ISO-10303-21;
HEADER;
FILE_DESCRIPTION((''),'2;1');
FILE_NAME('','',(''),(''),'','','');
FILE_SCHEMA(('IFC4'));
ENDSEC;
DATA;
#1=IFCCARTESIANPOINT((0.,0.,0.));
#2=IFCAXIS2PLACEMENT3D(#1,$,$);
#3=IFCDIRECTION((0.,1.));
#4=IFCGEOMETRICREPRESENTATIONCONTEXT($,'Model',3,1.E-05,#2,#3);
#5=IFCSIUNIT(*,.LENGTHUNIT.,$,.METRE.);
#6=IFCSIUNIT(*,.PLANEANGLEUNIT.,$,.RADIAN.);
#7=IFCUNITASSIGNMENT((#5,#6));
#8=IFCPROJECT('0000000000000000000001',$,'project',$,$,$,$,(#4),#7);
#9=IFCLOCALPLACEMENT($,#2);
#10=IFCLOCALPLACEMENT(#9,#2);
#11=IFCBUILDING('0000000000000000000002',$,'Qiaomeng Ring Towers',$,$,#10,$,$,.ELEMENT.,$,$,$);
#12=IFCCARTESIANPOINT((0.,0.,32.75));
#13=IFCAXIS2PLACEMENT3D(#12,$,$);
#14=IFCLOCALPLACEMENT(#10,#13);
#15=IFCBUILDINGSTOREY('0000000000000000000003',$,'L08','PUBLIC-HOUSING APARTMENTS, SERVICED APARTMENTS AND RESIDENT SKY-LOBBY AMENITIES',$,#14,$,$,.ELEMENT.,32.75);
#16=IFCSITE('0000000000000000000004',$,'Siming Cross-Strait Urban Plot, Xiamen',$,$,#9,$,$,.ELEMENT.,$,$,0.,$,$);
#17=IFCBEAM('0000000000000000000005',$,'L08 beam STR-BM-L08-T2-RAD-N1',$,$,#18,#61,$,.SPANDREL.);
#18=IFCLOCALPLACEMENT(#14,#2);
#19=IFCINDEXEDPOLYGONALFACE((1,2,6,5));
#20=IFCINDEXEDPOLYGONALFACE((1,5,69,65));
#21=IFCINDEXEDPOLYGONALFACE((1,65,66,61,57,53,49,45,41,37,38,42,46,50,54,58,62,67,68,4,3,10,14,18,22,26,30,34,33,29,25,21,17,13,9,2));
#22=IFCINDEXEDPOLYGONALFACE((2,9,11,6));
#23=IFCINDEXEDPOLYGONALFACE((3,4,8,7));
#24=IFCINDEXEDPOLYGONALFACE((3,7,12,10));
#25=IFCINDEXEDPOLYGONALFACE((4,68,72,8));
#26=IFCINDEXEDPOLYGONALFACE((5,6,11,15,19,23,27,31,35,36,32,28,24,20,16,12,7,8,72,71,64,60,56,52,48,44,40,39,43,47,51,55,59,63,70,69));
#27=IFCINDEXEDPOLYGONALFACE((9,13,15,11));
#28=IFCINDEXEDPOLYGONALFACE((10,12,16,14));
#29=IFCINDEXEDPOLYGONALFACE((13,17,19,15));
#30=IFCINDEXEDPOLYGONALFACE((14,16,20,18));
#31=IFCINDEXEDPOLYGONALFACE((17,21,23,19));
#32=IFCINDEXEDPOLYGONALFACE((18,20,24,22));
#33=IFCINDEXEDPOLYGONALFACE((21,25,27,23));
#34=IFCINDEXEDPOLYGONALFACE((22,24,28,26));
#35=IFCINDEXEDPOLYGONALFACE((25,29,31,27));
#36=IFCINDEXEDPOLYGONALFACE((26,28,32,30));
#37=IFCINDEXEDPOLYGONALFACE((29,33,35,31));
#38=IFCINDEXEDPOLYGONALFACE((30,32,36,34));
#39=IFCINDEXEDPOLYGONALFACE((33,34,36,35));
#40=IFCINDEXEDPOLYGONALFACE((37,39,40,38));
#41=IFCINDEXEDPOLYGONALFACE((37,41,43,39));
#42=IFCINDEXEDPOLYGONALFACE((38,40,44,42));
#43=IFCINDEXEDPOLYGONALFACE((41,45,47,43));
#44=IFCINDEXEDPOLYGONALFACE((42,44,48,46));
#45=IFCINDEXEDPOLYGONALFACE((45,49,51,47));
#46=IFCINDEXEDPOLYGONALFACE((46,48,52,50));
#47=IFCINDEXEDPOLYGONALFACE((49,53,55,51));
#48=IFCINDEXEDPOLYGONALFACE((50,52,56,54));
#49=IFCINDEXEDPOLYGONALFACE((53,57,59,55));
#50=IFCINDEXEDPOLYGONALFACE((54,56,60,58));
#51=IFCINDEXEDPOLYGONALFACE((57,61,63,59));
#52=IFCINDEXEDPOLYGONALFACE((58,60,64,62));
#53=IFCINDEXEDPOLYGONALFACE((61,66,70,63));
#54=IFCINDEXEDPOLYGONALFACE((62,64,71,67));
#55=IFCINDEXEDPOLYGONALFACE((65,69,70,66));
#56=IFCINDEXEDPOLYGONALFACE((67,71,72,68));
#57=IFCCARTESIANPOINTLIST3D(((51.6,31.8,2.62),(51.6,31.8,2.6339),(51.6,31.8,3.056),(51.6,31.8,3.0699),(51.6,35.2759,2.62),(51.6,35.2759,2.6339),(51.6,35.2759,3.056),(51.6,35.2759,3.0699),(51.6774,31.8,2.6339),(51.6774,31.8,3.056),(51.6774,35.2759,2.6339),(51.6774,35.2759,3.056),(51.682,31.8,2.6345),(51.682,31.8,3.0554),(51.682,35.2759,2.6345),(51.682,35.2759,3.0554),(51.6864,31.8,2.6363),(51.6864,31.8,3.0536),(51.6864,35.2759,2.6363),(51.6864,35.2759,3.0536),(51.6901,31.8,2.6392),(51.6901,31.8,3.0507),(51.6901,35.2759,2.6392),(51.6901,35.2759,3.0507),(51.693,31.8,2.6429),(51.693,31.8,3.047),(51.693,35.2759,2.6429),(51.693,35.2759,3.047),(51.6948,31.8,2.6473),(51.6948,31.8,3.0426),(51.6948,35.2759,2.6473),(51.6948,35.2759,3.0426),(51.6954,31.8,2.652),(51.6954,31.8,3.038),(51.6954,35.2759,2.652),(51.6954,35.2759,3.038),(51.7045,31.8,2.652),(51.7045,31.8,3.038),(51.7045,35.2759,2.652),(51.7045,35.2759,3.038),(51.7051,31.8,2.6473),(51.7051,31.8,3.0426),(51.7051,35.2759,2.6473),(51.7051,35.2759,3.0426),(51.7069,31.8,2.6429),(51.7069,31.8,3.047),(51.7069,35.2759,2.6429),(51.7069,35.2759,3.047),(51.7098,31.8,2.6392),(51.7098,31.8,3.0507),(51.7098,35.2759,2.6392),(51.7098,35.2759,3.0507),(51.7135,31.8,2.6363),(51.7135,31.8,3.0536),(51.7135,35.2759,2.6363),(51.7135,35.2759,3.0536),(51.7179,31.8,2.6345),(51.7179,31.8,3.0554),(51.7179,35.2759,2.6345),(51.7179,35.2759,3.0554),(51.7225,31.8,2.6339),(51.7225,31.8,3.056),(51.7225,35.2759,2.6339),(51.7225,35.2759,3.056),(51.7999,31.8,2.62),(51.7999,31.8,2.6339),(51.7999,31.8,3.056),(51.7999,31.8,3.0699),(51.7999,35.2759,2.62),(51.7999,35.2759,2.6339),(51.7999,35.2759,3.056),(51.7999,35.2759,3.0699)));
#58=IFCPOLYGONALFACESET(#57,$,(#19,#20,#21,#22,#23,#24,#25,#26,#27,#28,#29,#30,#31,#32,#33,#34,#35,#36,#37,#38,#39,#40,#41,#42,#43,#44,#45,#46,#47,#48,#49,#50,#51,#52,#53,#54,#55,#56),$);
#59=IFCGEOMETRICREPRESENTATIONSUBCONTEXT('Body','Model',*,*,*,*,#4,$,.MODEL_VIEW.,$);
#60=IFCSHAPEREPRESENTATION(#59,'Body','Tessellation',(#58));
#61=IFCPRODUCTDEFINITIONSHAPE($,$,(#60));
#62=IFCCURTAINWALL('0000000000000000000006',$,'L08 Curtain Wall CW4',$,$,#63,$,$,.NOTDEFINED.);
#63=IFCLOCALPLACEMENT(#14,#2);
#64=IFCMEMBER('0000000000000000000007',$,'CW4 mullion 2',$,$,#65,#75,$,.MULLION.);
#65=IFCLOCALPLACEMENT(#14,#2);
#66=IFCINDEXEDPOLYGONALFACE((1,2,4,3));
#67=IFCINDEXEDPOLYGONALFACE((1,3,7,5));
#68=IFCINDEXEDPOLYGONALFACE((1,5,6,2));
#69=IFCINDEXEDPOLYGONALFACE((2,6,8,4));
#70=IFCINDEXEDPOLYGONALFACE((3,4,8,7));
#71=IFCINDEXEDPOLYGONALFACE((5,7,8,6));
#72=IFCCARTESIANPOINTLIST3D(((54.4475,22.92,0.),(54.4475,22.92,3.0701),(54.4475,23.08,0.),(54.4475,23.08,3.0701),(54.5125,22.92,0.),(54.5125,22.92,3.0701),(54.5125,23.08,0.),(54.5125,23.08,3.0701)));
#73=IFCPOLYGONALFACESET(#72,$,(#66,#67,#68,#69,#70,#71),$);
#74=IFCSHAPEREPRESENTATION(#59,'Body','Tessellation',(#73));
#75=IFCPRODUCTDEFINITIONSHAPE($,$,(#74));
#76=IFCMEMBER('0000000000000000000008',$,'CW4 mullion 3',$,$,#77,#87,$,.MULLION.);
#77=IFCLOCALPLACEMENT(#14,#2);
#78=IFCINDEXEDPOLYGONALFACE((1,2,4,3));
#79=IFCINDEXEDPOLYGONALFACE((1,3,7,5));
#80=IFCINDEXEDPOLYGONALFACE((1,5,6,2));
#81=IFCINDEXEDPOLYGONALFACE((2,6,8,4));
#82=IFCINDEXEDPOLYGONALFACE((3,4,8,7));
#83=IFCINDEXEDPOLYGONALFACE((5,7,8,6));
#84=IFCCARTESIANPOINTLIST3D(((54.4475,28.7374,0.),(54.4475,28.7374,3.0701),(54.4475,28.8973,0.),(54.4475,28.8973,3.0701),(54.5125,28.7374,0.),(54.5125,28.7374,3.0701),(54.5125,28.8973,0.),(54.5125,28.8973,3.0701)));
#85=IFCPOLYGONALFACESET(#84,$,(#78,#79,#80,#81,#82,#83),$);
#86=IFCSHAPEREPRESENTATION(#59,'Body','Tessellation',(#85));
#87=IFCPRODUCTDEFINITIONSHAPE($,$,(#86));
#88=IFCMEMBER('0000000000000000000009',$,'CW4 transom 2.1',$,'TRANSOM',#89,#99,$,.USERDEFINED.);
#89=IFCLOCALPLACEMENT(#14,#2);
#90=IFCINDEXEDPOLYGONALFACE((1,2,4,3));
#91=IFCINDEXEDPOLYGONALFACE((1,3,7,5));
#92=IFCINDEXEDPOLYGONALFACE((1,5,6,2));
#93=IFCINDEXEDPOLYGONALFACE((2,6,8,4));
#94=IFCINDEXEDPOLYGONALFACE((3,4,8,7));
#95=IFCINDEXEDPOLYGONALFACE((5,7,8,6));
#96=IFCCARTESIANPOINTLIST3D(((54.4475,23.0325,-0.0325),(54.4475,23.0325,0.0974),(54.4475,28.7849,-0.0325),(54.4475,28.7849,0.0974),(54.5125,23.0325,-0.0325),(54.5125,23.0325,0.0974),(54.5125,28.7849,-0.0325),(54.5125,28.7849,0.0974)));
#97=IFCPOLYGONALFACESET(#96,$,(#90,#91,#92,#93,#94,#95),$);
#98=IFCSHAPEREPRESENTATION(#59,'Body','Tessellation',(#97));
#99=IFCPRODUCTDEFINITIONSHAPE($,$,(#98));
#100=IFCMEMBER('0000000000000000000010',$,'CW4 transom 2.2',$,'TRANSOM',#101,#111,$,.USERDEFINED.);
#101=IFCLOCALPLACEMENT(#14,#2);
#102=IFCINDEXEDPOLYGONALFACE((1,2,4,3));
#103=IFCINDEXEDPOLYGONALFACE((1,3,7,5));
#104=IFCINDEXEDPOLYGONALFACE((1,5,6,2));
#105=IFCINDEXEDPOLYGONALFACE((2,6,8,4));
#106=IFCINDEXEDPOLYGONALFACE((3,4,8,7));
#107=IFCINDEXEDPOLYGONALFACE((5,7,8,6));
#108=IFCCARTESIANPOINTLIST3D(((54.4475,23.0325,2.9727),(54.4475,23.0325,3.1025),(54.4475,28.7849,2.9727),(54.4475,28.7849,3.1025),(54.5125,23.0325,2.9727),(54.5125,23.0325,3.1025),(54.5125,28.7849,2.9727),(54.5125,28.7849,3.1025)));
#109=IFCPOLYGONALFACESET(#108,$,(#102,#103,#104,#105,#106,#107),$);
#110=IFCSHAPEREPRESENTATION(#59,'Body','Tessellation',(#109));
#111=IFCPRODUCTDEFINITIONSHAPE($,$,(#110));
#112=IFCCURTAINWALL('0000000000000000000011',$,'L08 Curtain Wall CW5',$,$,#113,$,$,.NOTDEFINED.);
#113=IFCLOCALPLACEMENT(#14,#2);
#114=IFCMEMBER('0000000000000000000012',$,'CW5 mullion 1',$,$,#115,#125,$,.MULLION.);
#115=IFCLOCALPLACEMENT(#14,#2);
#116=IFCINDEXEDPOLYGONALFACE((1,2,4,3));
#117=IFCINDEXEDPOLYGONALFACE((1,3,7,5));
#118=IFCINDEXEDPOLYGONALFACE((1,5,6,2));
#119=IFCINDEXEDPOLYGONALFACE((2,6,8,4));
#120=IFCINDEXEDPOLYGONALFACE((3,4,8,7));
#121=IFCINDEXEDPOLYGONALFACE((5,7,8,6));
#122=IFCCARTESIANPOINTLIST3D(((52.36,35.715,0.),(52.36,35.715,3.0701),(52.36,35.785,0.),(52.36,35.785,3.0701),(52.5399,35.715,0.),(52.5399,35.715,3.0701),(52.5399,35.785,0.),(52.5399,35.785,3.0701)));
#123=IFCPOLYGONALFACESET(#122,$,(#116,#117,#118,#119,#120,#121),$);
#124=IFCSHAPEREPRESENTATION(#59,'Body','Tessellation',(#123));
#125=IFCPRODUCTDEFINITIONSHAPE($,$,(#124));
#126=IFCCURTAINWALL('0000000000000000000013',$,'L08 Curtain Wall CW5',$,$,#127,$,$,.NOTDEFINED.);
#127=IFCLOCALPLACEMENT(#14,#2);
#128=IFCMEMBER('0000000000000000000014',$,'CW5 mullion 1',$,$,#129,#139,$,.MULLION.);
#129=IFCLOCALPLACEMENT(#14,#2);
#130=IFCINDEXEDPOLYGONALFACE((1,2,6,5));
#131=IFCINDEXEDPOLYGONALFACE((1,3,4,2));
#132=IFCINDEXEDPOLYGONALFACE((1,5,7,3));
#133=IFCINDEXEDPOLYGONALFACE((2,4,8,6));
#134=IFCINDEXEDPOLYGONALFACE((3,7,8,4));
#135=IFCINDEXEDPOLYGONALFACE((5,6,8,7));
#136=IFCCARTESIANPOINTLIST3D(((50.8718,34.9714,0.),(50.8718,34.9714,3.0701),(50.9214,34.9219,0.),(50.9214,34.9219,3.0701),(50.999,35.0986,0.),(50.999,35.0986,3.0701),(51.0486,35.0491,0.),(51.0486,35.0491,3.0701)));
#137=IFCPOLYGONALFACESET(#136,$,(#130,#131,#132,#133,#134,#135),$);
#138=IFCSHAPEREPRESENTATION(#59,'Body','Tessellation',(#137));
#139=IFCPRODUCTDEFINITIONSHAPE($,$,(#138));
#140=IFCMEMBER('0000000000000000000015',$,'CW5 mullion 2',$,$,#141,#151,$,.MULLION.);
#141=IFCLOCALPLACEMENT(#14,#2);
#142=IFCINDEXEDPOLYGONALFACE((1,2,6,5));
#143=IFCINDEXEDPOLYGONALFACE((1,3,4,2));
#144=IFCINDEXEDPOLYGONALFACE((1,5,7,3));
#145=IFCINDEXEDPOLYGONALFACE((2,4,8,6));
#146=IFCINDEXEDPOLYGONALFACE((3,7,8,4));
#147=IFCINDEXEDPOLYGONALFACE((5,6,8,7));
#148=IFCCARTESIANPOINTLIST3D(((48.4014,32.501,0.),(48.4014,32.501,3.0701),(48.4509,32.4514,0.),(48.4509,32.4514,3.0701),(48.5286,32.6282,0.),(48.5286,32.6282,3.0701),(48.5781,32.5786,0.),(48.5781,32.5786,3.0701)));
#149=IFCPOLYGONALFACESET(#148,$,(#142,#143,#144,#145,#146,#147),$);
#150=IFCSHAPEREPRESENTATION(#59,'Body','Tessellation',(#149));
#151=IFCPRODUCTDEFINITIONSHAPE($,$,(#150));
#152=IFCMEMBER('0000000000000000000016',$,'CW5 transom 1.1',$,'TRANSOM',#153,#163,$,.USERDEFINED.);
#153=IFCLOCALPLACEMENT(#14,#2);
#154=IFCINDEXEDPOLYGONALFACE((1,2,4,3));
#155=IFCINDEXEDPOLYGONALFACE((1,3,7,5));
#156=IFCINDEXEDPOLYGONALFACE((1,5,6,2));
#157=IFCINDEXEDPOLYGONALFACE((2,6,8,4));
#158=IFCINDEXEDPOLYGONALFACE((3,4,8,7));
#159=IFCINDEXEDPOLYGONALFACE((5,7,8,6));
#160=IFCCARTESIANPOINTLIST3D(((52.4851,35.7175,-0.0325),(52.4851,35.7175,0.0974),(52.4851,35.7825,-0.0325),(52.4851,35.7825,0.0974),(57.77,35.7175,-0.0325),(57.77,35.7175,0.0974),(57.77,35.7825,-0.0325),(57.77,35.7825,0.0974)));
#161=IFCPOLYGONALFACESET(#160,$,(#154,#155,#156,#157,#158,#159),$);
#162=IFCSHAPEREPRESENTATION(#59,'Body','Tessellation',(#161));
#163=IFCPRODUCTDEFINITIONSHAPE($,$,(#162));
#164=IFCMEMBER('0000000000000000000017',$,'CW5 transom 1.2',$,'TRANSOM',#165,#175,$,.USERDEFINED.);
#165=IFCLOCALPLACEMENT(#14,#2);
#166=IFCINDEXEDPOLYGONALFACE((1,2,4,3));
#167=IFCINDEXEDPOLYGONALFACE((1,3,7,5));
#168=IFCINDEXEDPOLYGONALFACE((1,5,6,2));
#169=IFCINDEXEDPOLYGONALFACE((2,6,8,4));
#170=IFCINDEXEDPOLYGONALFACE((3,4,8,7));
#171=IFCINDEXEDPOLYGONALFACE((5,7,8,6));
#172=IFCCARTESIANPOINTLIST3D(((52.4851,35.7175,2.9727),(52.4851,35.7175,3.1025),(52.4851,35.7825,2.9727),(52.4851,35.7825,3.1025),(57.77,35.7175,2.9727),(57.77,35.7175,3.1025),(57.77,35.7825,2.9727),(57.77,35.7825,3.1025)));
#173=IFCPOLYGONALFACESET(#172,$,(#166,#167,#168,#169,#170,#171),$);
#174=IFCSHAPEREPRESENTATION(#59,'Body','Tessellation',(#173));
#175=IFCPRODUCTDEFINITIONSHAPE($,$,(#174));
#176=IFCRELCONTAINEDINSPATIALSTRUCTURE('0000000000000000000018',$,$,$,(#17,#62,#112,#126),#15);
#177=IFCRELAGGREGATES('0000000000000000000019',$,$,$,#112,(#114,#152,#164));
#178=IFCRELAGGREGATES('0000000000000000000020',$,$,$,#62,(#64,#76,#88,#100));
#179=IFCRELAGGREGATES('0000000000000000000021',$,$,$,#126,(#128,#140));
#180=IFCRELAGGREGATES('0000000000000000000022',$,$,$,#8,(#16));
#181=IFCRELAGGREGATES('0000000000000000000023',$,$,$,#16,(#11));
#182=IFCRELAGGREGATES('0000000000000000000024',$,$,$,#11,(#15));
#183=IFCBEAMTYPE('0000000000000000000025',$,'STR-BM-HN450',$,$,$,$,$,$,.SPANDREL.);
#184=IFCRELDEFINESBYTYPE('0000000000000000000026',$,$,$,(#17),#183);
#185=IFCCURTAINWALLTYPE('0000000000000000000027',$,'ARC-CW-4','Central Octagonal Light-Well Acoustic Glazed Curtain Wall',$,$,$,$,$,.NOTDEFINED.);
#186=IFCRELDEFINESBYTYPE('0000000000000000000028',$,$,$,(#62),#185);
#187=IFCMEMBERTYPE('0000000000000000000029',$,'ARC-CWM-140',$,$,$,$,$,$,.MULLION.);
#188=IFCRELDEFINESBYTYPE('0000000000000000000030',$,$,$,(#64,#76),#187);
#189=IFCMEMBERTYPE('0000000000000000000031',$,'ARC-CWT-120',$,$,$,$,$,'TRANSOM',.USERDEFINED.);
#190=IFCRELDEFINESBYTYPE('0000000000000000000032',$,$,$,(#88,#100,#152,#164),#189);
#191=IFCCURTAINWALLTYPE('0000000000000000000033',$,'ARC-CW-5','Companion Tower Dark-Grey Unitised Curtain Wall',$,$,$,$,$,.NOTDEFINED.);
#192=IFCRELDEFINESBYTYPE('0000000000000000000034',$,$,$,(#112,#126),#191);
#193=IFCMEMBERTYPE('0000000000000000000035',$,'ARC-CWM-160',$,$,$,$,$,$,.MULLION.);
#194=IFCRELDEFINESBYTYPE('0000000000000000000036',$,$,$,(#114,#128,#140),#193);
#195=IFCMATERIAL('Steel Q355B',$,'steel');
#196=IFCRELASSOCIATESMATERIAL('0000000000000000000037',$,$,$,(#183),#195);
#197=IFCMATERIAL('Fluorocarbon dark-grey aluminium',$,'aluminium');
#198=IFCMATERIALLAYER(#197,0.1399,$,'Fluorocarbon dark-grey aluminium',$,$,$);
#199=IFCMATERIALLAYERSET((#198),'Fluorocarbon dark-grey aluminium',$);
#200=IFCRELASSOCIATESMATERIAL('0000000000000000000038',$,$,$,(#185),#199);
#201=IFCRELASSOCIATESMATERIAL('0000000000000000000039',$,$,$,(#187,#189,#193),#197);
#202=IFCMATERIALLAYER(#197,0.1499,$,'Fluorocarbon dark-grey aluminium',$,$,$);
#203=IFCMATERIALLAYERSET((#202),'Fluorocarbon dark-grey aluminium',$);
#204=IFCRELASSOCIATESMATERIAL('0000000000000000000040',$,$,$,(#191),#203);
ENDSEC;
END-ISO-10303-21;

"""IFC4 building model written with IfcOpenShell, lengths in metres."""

from ifc_helpers import new_model, si_unit, direction, frame, origin, origin_2d, place, context, subcontext, project, spatial, rectangle, i_section, extrude, source, transform, mapped, material, layer, layer_set, material_profile, profile_set, type_object, element, aggregate, save


model = new_model("IFC4")

# Units and contexts
model_context = context("Model", 3, precision=1e-05, world=origin(), true_north=direction((0.0, 1.0)))
body_context = subcontext(model_context, "Body", "Model", "MODEL_VIEW")
ifc_project = project(units=[si_unit("LENGTHUNIT", "METRE"), si_unit("PLANEANGLEUNIT", "RADIAN")], contexts=[model_context])

# Site, building, storey
site_placement = place(None, origin())
site = spatial("IfcSite", under=ifc_project, at=site_placement, Name="Siming Cross-Strait Urban Plot, Xiamen", CompositionType="ELEMENT", RefElevation=0.0)
building_placement = place(site_placement, origin())
building = spatial("IfcBuilding", under=site, at=building_placement, Name="Qiaomeng Ring Towers", CompositionType="ELEMENT")
storey_placement = place(building_placement, frame((0.0, 0.0, 32.75)))
storey = spatial("IfcBuildingStorey", under=building, at=storey_placement, Name="L08", Description="PUBLIC-HOUSING APARTMENTS, SERVICED APARTMENTS AND RESIDENT SKY-LOBBY AMENITIES", CompositionType="ELEMENT", Elevation=32.75)

# Beam
ifc_material_1 = material(Name="Steel Q355B", Category="steel")
ifc_material_profile_1 = material_profile(ifc_material_1, i_section(OverallWidth=0.2, OverallDepth=0.45, WebThickness=0.009, FlangeThickness=0.0139, FilletRadius=0.0181, at=origin_2d()), Name="HN 450x200x9x14")
ifc_profile_set_1 = profile_set([ifc_material_profile_1], Name="Steel Q355B")
beam_type_1 = type_object("IfcBeamType", Name="STR-BM-HN450", PredefinedType="SPANDREL", material=ifc_profile_set_1)
shared_shape_1 = source(origin(), body_context, "Body", "SweptSolid", [
    extrude(i_section(OverallWidth=0.2, OverallDepth=0.45, WebThickness=0.009, FlangeThickness=0.0139, FilletRadius=0.0181, at=origin_2d()), origin(), (0.0, 0.0, 1.0), 3.4758),
])
beam_1_placement = place(storey_placement, frame((51.7, 35.2759, 2.845), z_axis=(0.0, -1.0, 0.0), x_axis=(1.0, 0.0, 0.0)))
element("IfcBeam", 1, at=beam_1_placement, inside=storey, type_object=beam_type_1, Name="L08 beam STR-BM-L08-T2-RAD-N1", PredefinedType="SPANDREL", context=body_context, shape_type="MappedRepresentation", body=[
    mapped(shared_shape_1, transform((0.0, 0.0, 0.0), x_axis=(1.0, 0.0, 0.0), y_axis=(0.0, 1.0, 0.0), z_axis=(0.0, 0.0, 1.0), scale=1.0)),
])

# Curtain wall, members
ifc_material_2 = material(Name="Fluorocarbon dark-grey aluminium", Category="aluminium")
ifc_layer_1 = layer(ifc_material_2, 0.1399, Name="Fluorocarbon dark-grey aluminium")
ifc_layer_set_1 = layer_set([ifc_layer_1], Name="Fluorocarbon dark-grey aluminium")
curtain_wall_type_1 = type_object("IfcCurtainWallType", Name="ARC-CW-4", Description="Central Octagonal Light-Well Acoustic Glazed Curtain Wall", PredefinedType="NOTDEFINED", material=ifc_layer_set_1)
curtain_wall_1_placement = place(storey_placement, origin())
curtain_wall_1 = element("IfcCurtainWall", 2, at=curtain_wall_1_placement, inside=storey, type_object=curtain_wall_type_1, Name="L08 Curtain Wall CW4", PredefinedType="NOTDEFINED")
ifc_material_profile_2 = material_profile(ifc_material_2, rectangle(XDim=0.0649, YDim=0.1599, at=origin_2d()), Name="ALU MULL 65x160")
ifc_profile_set_2 = profile_set([ifc_material_profile_2], Name="Fluorocarbon dark-grey aluminium")
member_type_1 = type_object("IfcMemberType", Name="ARC-CWM-140", PredefinedType="MULLION", material=ifc_profile_set_2)
shared_shape_2 = source(origin(), body_context, "Body", "SweptSolid", [
    extrude(rectangle(XDim=0.0649, YDim=0.1599, at=origin_2d()), origin(), (0.0, 0.0, 1.0), 3.0701),
])
member_1_placement = place(storey_placement, frame((54.48, 23.0, 0.0), z_axis=(0.0, 0.0, 1.0), x_axis=(-1.0, 0.0, 0.0)))
member_1 = element("IfcMember", 3, at=member_1_placement, type_object=member_type_1, Name="CW4 mullion 2", PredefinedType="MULLION", context=body_context, shape_type="MappedRepresentation", body=[
    mapped(shared_shape_2, transform((0.0, 0.0, 0.0), x_axis=(1.0, 0.0, 0.0), y_axis=(0.0, 1.0, 0.0), z_axis=(0.0, 0.0, 1.0), scale=1.0)),
])
member_2_placement = place(storey_placement, frame((54.48, 28.8174, 0.0), z_axis=(0.0, 0.0, 1.0), x_axis=(-1.0, 0.0, 0.0)))
member_2 = element("IfcMember", 4, at=member_2_placement, type_object=member_type_1, Name="CW4 mullion 3", PredefinedType="MULLION", context=body_context, shape_type="MappedRepresentation", body=[
    mapped(shared_shape_2, transform((0.0, 0.0, 0.0), x_axis=(1.0, 0.0, 0.0), y_axis=(0.0, 1.0, 0.0), z_axis=(0.0, 0.0, 1.0), scale=1.0)),
])
ifc_material_profile_3 = material_profile(ifc_material_2, rectangle(XDim=0.0649, YDim=0.1299, at=origin_2d()), Name="ALU TRAN 65x130")
ifc_profile_set_3 = profile_set([ifc_material_profile_3], Name="Fluorocarbon dark-grey aluminium")
member_type_2 = type_object("IfcMemberType", Name="ARC-CWT-120", ElementType="TRANSOM", PredefinedType="USERDEFINED", material=ifc_profile_set_3)
shared_shape_3 = source(origin(), body_context, "Body", "SweptSolid", [
    extrude(rectangle(XDim=0.0649, YDim=0.1299, at=origin_2d()), origin(), (0.0, 0.0, 1.0), 5.7524),
])
member_3_placement = place(storey_placement, frame((54.48, 23.0325, 0.0325), z_axis=(0.0, 1.0, 0.0), x_axis=(-1.0, 0.0, 0.0)))
member_3 = element("IfcMember", 5, at=member_3_placement, type_object=member_type_2, Name="CW4 transom 2.1", ObjectType="TRANSOM", PredefinedType="USERDEFINED", context=body_context, shape_type="MappedRepresentation", body=[
    mapped(shared_shape_3, transform((0.0, 0.0, 0.0), x_axis=(1.0, 0.0, 0.0), y_axis=(0.0, 1.0, 0.0), z_axis=(0.0, 0.0, 1.0), scale=1.0)),
])
member_4_placement = place(storey_placement, frame((54.48, 23.0325, 3.0376), z_axis=(0.0, 1.0, 0.0), x_axis=(-1.0, 0.0, 0.0)))
member_4 = element("IfcMember", 6, at=member_4_placement, type_object=member_type_2, Name="CW4 transom 2.2", ObjectType="TRANSOM", PredefinedType="USERDEFINED", context=body_context, shape_type="MappedRepresentation", body=[
    mapped(shared_shape_3, transform((0.0, 0.0, 0.0), x_axis=(1.0, 0.0, 0.0), y_axis=(0.0, 1.0, 0.0), z_axis=(0.0, 0.0, 1.0), scale=1.0)),
])

# Curtain wall, member
ifc_layer_2 = layer(ifc_material_2, 0.1499, Name="Fluorocarbon dark-grey aluminium")
ifc_layer_set_2 = layer_set([ifc_layer_2], Name="Fluorocarbon dark-grey aluminium")
curtain_wall_type_2 = type_object("IfcCurtainWallType", Name="ARC-CW-5", Description="Companion Tower Dark-Grey Unitised Curtain Wall", PredefinedType="NOTDEFINED", material=ifc_layer_set_2)
curtain_wall_2_placement = place(storey_placement, origin())
curtain_wall_2 = element("IfcCurtainWall", 7, at=curtain_wall_2_placement, inside=storey, type_object=curtain_wall_type_2, Name="L08 Curtain Wall CW5", PredefinedType="NOTDEFINED")
ifc_material_profile_4 = material_profile(ifc_material_2, rectangle(XDim=0.0701, YDim=0.1799, at=origin_2d()), Name="ALU MULL 70x180")
ifc_profile_set_4 = profile_set([ifc_material_profile_4], Name="Fluorocarbon dark-grey aluminium")
member_type_3 = type_object("IfcMemberType", Name="ARC-CWM-160", PredefinedType="MULLION", material=ifc_profile_set_4)
shared_shape_4 = source(origin(), body_context, "Body", "SweptSolid", [
    extrude(rectangle(XDim=0.0701, YDim=0.1799, at=origin_2d()), origin(), (0.0, 0.0, 1.0), 3.0701),
])
member_5_placement = place(storey_placement, frame((52.45, 35.75, 0.0), z_axis=(0.0, 0.0, 1.0), x_axis=(0.0, 1.0, 0.0)))
member_5 = element("IfcMember", 8, at=member_5_placement, type_object=member_type_3, Name="CW5 mullion 1", PredefinedType="MULLION", context=body_context, shape_type="MappedRepresentation", body=[
    mapped(shared_shape_4, transform((0.0, 0.0, 0.0), x_axis=(1.0, 0.0, 0.0), y_axis=(0.0, 1.0, 0.0), z_axis=(0.0, 0.0, 1.0), scale=1.0)),
])

# Curtain wall, members
curtain_wall_3_placement = place(storey_placement, origin())
curtain_wall_3 = element("IfcCurtainWall", 9, at=curtain_wall_3_placement, inside=storey, type_object=curtain_wall_type_2, Name="L08 Curtain Wall CW5", PredefinedType="NOTDEFINED")
member_6_placement = place(storey_placement, frame((50.9602, 35.0103, 0.0), z_axis=(0.0, 0.0, 1.0), x_axis=(0.707107, -0.707107, 0.0)))
member_6 = element("IfcMember", 10, at=member_6_placement, type_object=member_type_3, Name="CW5 mullion 1", PredefinedType="MULLION", context=body_context, shape_type="MappedRepresentation", body=[
    mapped(shared_shape_4, transform((0.0, 0.0, 0.0), x_axis=(1.0, 0.0, 0.0), y_axis=(0.0, 1.0, 0.0), z_axis=(0.0, 0.0, 1.0), scale=1.0)),
])
member_7_placement = place(storey_placement, frame((48.4897, 32.5398, 0.0), z_axis=(0.0, 0.0, 1.0), x_axis=(0.707107, -0.707107, 0.0)))
member_7 = element("IfcMember", 11, at=member_7_placement, type_object=member_type_3, Name="CW5 mullion 2", PredefinedType="MULLION", context=body_context, shape_type="MappedRepresentation", body=[
    mapped(shared_shape_4, transform((0.0, 0.0, 0.0), x_axis=(1.0, 0.0, 0.0), y_axis=(0.0, 1.0, 0.0), z_axis=(0.0, 0.0, 1.0), scale=1.0)),
])

# Members
shared_shape_5 = source(origin(), body_context, "Body", "SweptSolid", [
    extrude(rectangle(XDim=0.0649, YDim=0.1299, at=origin_2d()), origin(), (0.0, 0.0, 1.0), 5.2849),
])
member_8_placement = place(storey_placement, frame((52.4851, 35.75, 0.0325), z_axis=(1.0, 0.0, 0.0), x_axis=(0.0, 1.0, 0.0)))
member_8 = element("IfcMember", 12, at=member_8_placement, type_object=member_type_2, Name="CW5 transom 1.1", ObjectType="TRANSOM", PredefinedType="USERDEFINED", context=body_context, shape_type="MappedRepresentation", body=[
    mapped(shared_shape_5, transform((0.0, 0.0, 0.0), x_axis=(1.0, 0.0, 0.0), y_axis=(0.0, 1.0, 0.0), z_axis=(0.0, 0.0, 1.0), scale=1.0)),
])
member_9_placement = place(storey_placement, frame((52.4851, 35.75, 3.0376), z_axis=(1.0, 0.0, 0.0), x_axis=(0.0, 1.0, 0.0)))
member_9 = element("IfcMember", 13, at=member_9_placement, type_object=member_type_2, Name="CW5 transom 1.2", ObjectType="TRANSOM", PredefinedType="USERDEFINED", context=body_context, shape_type="MappedRepresentation", body=[
    mapped(shared_shape_5, transform((0.0, 0.0, 0.0), x_axis=(1.0, 0.0, 0.0), y_axis=(0.0, 1.0, 0.0), z_axis=(0.0, 0.0, 1.0), scale=1.0)),
])
aggregate(curtain_wall_2, [member_5, member_8, member_9])

aggregate(curtain_wall_1, [member_1, member_2, member_3, member_4])
aggregate(curtain_wall_3, [member_6, member_7])

save(model, "model.ifc")
